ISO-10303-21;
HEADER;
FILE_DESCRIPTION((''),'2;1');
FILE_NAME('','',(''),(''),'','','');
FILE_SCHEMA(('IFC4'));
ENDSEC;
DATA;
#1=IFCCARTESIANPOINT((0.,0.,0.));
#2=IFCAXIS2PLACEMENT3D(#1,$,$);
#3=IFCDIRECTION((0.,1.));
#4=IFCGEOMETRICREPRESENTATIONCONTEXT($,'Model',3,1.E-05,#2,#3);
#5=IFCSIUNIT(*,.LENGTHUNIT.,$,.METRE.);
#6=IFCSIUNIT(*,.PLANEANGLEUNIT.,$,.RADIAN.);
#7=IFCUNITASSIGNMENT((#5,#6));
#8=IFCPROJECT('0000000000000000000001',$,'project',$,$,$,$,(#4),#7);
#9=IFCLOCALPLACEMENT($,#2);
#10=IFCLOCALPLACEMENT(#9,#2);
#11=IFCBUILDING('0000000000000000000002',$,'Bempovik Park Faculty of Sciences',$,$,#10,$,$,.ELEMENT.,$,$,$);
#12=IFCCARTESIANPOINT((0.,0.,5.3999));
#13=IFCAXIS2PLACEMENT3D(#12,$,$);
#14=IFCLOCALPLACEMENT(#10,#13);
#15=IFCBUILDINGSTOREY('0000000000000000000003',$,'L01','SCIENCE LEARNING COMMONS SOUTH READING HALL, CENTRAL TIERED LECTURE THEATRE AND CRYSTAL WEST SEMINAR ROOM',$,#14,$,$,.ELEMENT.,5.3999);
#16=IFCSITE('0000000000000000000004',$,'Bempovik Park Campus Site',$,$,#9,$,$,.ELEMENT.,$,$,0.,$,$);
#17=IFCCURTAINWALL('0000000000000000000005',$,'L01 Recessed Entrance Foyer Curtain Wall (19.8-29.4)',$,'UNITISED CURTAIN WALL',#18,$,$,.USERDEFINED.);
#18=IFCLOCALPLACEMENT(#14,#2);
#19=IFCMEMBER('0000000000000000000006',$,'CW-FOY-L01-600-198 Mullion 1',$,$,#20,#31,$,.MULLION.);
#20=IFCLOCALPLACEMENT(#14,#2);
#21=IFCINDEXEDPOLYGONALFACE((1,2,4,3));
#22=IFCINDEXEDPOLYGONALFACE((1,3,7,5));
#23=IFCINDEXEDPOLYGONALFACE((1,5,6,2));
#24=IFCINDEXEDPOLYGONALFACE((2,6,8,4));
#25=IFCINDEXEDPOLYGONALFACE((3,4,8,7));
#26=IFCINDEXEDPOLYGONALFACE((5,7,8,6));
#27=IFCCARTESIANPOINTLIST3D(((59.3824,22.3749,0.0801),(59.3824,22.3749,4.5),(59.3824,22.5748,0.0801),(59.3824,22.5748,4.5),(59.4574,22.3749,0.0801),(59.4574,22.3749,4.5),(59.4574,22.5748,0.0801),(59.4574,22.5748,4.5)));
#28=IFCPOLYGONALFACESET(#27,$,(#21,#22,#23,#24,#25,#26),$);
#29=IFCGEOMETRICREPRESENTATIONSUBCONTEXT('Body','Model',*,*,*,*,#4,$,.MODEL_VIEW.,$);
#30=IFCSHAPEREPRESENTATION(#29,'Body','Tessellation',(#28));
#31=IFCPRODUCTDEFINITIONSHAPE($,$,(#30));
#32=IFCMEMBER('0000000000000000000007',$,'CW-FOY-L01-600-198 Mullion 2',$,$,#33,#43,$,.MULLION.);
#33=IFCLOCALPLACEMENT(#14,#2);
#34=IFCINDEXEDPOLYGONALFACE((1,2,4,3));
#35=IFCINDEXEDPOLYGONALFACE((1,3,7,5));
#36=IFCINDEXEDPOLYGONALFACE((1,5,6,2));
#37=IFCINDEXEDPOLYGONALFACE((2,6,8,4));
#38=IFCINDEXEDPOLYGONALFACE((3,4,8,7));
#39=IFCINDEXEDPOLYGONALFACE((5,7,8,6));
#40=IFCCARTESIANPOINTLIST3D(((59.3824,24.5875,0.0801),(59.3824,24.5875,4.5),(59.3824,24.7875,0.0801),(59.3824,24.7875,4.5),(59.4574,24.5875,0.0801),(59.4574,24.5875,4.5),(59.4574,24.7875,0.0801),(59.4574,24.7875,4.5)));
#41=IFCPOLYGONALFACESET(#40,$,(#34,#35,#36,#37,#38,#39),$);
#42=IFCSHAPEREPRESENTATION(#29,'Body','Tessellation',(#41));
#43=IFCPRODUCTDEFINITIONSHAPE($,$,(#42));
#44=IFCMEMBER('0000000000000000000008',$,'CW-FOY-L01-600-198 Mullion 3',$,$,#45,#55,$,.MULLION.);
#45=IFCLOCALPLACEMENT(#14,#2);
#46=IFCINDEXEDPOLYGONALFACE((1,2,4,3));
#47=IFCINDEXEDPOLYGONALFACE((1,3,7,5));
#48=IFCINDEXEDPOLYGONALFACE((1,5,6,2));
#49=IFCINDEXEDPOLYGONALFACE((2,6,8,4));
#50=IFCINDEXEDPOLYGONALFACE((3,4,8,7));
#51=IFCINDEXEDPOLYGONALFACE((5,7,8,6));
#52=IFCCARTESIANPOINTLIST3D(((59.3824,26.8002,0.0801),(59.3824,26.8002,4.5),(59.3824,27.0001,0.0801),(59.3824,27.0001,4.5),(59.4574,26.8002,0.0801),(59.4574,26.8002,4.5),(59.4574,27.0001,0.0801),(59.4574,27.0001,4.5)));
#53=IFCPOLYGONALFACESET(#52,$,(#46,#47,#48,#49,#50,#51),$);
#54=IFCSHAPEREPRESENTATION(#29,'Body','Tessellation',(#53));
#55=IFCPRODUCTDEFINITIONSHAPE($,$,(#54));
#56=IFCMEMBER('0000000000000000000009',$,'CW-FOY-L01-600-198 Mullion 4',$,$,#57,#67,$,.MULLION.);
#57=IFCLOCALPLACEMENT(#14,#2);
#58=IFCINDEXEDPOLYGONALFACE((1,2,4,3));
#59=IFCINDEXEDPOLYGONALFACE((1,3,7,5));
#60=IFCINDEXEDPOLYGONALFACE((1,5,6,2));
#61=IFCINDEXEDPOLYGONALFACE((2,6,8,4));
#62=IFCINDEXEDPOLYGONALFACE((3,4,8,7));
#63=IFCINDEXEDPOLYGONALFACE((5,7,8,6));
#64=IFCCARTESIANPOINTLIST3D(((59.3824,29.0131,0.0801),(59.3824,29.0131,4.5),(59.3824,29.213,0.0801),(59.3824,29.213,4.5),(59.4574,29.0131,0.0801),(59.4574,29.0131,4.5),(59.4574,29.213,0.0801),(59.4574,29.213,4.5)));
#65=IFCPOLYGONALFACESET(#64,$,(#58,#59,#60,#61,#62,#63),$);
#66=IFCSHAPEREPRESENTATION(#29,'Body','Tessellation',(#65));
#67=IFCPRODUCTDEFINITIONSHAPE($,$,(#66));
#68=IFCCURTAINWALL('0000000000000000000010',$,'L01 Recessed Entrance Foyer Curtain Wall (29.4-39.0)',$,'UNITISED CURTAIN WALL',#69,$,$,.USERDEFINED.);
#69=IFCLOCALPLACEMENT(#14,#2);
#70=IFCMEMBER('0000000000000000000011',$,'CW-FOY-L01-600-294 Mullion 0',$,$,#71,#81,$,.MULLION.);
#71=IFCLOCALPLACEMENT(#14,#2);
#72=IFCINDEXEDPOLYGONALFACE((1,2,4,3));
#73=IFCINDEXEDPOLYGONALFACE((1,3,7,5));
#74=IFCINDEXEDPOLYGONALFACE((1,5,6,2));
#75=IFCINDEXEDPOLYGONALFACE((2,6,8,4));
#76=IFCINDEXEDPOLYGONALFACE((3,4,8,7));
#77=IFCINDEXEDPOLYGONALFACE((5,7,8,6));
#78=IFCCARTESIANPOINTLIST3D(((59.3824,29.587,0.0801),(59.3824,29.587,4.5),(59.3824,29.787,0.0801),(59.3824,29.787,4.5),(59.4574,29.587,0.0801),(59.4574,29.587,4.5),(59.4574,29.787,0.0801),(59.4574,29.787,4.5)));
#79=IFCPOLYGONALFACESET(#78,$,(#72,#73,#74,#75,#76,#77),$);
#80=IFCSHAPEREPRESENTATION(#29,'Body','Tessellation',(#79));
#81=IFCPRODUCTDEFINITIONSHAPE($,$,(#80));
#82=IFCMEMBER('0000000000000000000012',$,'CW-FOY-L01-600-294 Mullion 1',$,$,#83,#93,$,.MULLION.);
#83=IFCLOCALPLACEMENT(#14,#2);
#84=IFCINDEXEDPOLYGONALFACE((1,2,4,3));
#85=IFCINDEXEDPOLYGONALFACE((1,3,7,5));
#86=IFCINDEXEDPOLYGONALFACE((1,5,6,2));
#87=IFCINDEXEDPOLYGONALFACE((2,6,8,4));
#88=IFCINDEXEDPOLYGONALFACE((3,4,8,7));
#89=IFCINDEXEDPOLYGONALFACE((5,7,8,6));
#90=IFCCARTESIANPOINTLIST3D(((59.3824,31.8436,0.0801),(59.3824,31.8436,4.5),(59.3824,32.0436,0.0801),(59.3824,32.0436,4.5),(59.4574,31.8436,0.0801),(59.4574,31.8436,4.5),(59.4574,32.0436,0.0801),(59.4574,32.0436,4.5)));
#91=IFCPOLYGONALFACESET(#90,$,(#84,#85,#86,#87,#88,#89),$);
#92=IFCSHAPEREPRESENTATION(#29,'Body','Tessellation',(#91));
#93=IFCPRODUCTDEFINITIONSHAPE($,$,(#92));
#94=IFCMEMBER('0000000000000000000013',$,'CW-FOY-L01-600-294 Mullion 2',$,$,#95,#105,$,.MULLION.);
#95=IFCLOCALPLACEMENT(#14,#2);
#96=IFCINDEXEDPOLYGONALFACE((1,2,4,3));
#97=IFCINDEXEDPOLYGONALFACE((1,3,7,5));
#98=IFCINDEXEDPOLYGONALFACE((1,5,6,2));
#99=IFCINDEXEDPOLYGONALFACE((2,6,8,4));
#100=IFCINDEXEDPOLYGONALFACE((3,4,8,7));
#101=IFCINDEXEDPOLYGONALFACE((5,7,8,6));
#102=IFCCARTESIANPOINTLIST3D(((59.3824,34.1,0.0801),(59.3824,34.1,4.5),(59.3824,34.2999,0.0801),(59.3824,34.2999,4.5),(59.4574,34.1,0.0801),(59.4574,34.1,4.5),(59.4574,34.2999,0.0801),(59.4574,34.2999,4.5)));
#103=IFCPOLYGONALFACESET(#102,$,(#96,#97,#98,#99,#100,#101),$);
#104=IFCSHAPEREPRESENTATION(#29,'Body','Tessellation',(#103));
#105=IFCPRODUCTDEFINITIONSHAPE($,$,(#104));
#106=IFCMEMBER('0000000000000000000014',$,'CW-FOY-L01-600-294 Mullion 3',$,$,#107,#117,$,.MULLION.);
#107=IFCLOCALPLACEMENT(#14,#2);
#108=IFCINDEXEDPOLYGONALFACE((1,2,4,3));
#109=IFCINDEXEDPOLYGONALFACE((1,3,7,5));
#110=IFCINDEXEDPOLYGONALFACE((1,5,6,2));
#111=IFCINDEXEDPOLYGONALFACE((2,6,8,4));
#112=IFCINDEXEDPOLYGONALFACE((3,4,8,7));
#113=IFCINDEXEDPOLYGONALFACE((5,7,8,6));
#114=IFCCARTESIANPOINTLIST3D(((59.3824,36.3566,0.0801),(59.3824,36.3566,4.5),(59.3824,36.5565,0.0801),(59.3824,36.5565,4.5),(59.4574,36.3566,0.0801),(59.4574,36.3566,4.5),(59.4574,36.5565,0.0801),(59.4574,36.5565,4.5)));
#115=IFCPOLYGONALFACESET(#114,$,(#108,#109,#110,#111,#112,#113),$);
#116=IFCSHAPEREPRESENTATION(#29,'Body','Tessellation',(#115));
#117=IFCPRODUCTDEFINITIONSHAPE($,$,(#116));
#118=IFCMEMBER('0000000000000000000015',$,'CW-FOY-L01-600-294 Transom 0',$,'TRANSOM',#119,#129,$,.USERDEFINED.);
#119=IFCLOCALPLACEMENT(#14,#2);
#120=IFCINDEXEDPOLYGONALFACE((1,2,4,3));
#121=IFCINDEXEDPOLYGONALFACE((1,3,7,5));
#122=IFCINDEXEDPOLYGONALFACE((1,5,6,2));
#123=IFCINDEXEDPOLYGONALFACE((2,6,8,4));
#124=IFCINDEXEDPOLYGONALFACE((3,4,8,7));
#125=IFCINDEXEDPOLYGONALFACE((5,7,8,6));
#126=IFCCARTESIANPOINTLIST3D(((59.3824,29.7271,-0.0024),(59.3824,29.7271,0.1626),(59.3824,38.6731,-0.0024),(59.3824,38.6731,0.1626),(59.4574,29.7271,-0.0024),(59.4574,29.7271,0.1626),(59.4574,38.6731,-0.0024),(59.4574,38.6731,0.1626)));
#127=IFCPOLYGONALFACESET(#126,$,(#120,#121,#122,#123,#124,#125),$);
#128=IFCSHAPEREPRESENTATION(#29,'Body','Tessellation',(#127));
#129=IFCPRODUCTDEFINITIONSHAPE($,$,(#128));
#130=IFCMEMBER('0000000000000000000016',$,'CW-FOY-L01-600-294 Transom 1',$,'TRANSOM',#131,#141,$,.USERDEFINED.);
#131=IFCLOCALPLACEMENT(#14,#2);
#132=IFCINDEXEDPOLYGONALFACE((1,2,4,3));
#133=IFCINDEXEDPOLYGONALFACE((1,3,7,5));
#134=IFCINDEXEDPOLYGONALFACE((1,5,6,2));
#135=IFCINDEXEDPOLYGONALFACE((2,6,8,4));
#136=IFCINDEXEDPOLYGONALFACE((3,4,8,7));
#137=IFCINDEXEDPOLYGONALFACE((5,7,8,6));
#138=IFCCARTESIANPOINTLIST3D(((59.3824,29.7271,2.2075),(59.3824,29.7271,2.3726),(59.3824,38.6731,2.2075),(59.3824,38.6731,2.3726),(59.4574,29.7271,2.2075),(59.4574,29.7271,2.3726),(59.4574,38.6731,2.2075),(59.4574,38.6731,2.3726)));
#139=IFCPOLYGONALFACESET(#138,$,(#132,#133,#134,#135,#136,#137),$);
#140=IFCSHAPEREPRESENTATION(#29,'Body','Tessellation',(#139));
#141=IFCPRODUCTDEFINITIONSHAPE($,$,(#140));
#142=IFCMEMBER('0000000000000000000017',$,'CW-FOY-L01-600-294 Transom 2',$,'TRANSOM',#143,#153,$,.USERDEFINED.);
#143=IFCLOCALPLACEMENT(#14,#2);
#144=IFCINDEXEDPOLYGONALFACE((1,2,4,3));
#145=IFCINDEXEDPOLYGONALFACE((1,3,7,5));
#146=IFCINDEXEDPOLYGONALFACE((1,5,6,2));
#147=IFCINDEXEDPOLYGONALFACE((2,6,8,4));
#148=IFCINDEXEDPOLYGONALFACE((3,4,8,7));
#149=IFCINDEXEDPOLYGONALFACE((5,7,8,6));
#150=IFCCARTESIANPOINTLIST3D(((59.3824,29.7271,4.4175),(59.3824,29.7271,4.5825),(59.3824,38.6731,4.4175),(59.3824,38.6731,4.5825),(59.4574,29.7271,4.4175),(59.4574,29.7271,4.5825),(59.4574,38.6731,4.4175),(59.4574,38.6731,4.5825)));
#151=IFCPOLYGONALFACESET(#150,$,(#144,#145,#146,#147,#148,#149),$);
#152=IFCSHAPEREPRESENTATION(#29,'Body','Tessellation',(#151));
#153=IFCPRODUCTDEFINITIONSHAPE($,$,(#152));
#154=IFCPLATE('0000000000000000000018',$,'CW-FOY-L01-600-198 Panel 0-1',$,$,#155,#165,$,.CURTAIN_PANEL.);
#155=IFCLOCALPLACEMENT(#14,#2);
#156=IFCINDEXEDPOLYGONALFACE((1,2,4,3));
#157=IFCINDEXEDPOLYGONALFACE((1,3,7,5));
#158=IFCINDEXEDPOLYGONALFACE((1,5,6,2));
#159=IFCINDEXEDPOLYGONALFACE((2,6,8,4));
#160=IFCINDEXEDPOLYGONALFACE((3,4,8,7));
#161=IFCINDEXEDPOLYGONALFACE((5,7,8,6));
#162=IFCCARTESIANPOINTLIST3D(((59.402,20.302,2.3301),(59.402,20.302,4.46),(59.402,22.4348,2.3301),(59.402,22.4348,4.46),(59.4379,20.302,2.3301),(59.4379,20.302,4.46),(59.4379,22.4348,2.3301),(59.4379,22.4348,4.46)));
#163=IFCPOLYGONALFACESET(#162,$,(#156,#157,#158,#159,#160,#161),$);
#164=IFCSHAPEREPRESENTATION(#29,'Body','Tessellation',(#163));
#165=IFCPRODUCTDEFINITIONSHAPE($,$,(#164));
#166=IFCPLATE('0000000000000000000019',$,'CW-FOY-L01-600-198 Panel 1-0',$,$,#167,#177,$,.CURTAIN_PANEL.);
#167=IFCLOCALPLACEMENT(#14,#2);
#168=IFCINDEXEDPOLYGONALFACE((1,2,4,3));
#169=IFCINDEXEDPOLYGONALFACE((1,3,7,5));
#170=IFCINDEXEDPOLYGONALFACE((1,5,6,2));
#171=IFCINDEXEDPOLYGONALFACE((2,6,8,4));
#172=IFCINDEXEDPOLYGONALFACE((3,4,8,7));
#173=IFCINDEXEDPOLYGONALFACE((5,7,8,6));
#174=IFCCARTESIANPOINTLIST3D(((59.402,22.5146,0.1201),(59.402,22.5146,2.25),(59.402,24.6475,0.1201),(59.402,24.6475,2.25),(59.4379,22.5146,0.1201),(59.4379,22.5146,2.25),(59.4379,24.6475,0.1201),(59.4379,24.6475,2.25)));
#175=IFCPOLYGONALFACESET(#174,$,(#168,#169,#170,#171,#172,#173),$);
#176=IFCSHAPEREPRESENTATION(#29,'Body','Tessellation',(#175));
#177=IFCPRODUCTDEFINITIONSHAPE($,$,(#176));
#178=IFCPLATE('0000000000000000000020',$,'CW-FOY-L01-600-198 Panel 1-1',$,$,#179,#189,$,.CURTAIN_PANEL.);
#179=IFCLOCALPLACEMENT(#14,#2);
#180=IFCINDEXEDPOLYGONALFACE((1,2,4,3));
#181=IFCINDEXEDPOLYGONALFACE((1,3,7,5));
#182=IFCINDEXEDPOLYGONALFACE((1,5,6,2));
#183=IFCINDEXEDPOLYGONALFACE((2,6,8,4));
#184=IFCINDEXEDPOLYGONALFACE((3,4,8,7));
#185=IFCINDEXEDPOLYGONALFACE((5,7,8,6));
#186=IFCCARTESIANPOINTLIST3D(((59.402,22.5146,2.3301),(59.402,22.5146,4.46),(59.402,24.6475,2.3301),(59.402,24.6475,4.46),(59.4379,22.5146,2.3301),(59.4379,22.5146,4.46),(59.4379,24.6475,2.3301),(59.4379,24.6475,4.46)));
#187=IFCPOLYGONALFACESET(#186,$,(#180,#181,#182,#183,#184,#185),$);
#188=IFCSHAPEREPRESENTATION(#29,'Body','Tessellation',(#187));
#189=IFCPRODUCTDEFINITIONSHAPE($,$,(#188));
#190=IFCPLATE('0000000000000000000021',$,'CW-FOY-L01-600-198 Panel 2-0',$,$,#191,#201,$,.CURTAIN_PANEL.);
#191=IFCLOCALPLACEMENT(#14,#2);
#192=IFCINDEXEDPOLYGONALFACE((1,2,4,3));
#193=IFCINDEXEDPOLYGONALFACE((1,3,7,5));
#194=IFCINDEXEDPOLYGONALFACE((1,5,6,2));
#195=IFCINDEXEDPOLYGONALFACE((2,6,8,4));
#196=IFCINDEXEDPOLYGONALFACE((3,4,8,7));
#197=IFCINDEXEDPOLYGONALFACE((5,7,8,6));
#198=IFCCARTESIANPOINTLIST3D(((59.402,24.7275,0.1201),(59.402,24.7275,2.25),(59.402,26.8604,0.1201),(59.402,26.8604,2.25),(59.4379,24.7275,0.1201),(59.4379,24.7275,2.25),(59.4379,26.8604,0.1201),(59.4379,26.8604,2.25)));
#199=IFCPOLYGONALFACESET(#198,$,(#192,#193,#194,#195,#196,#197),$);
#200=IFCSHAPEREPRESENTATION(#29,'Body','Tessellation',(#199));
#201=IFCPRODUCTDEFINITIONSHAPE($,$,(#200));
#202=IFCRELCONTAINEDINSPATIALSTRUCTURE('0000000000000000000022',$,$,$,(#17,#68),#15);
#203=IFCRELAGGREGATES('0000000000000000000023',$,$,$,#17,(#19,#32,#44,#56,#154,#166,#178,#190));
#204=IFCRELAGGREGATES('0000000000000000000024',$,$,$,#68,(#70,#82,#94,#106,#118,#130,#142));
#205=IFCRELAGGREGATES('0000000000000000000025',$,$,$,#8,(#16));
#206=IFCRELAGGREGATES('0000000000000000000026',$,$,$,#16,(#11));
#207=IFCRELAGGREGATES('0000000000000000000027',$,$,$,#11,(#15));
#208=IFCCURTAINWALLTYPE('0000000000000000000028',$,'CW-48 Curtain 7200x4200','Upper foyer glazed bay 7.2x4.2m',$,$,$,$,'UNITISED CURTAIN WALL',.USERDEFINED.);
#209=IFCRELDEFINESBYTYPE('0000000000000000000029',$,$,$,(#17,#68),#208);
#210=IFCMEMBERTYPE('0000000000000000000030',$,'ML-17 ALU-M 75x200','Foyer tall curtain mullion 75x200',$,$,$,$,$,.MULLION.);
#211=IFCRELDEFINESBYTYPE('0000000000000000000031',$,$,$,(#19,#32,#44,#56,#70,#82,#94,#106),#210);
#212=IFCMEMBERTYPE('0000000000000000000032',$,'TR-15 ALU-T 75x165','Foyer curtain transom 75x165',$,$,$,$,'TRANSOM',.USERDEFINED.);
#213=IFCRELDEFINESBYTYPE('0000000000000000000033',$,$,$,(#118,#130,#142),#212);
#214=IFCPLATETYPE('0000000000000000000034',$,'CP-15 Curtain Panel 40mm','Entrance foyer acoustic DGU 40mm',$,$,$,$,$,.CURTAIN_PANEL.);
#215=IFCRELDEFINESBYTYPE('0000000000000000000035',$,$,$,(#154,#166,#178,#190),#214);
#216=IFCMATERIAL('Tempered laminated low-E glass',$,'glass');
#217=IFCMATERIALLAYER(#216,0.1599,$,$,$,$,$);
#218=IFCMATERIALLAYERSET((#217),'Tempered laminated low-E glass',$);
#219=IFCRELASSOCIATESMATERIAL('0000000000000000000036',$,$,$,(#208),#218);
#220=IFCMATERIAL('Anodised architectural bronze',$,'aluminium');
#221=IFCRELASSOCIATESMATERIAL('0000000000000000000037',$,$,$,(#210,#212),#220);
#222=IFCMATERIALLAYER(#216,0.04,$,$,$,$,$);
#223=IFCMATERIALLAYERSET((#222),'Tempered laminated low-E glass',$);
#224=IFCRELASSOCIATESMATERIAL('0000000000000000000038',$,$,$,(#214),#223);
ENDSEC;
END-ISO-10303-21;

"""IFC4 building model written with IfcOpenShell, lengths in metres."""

from ifc_helpers import new_model, si_unit, direction, frame, origin, origin_2d, place, context, subcontext, project, spatial, rectangle, extrude, material, layer, layer_set, material_profile, profile_set, type_object, element, aggregate, save


model = new_model("IFC4")

# Units and contexts
model_context = context("Model", 3, precision=1e-05, world=origin(), true_north=direction((0.0, 1.0)))
body_context = subcontext(model_context, "Body", "Model", "MODEL_VIEW")
ifc_project = project(units=[si_unit("LENGTHUNIT", "METRE"), si_unit("PLANEANGLEUNIT", "RADIAN")], contexts=[model_context])

# Site, building, storey
site_placement = place(None, origin())
site = spatial("IfcSite", under=ifc_project, at=site_placement, Name="Bempovik Park Campus Site", CompositionType="ELEMENT", RefElevation=0.0)
building_placement = place(site_placement, origin())
building = spatial("IfcBuilding", under=site, at=building_placement, Name="Bempovik Park Faculty of Sciences", CompositionType="ELEMENT")
storey_placement = place(building_placement, frame((0.0, 0.0, 5.3999)))
storey = spatial("IfcBuildingStorey", under=building, at=storey_placement, Name="L01", Description="SCIENCE LEARNING COMMONS SOUTH READING HALL, CENTRAL TIERED LECTURE THEATRE AND CRYSTAL WEST SEMINAR ROOM", CompositionType="ELEMENT", Elevation=5.3999)

# Curtain walls, members
ifc_material_1 = material(Name="Tempered laminated low-E glass", Category="glass")
ifc_layer_1 = layer(ifc_material_1, 0.1599)
ifc_layer_set_1 = layer_set([ifc_layer_1], Name="Tempered laminated low-E glass")
curtain_wall_type = type_object("IfcCurtainWallType", Name="CW-48 Curtain 7200x4200", Description="Upper foyer glazed bay 7.2x4.2m", ElementType="UNITISED CURTAIN WALL", PredefinedType="USERDEFINED", material=ifc_layer_set_1)
curtain_wall_1_placement = place(storey_placement, origin())
curtain_wall_1 = element("IfcCurtainWall", 1, at=curtain_wall_1_placement, inside=storey, type_object=curtain_wall_type, Name="L01 Recessed Entrance Foyer Curtain Wall (19.8-29.4)", ObjectType="UNITISED CURTAIN WALL", PredefinedType="USERDEFINED")
ifc_material_2 = material(Name="Anodised architectural bronze", Category="aluminium")
ifc_material_profile_1 = material_profile(ifc_material_2, rectangle(XDim=0.075, YDim=0.2, at=origin_2d()), Name="ALU-M 75x200")
ifc_profile_set_1 = profile_set([ifc_material_profile_1], Name="Anodised architectural bronze")
member_type_1 = type_object("IfcMemberType", Name="ML-17 ALU-M 75x200", Description="Foyer tall curtain mullion 75x200", PredefinedType="MULLION", material=ifc_profile_set_1)
member_1_placement = place(storey_placement, frame((59.4199, 22.4749, 0.0801), z_axis=(0.0, 0.0, 1.0), x_axis=(1.0, 0.0, 0.0)))
member_1 = element("IfcMember", 2, at=member_1_placement, type_object=member_type_1, Name="CW-FOY-L01-600-198 Mullion 1", PredefinedType="MULLION", context=body_context, shape_type="SweptSolid", body=[
    extrude(rectangle(XDim=0.075, YDim=0.2, at=origin_2d()), origin(), (0.0, 0.0, 1.0), 4.4199),
])
member_2_placement = place(storey_placement, frame((59.4199, 24.6875, 0.0801), z_axis=(0.0, 0.0, 1.0), x_axis=(1.0, 0.0, 0.0)))
member_2 = element("IfcMember", 3, at=member_2_placement, type_object=member_type_1, Name="CW-FOY-L01-600-198 Mullion 2", PredefinedType="MULLION", context=body_context, shape_type="SweptSolid", body=[
    extrude(rectangle(XDim=0.075, YDim=0.2, at=origin_2d()), origin(), (0.0, 0.0, 1.0), 4.4199),
])
member_3_placement = place(storey_placement, frame((59.4199, 26.9001, 0.0801), z_axis=(0.0, 0.0, 1.0), x_axis=(1.0, 0.0, 0.0)))
member_3 = element("IfcMember", 4, at=member_3_placement, type_object=member_type_1, Name="CW-FOY-L01-600-198 Mullion 3", PredefinedType="MULLION", context=body_context, shape_type="SweptSolid", body=[
    extrude(rectangle(XDim=0.075, YDim=0.2, at=origin_2d()), origin(), (0.0, 0.0, 1.0), 4.4199),
])
member_4_placement = place(storey_placement, frame((59.4199, 29.113, 0.0801), z_axis=(0.0, 0.0, 1.0), x_axis=(1.0, 0.0, 0.0)))
member_4 = element("IfcMember", 5, at=member_4_placement, type_object=member_type_1, Name="CW-FOY-L01-600-198 Mullion 4", PredefinedType="MULLION", context=body_context, shape_type="SweptSolid", body=[
    extrude(rectangle(XDim=0.075, YDim=0.2, at=origin_2d()), origin(), (0.0, 0.0, 1.0), 4.4199),
])
curtain_wall_2_placement = place(storey_placement, origin())
curtain_wall_2 = element("IfcCurtainWall", 6, at=curtain_wall_2_placement, inside=storey, type_object=curtain_wall_type, Name="L01 Recessed Entrance Foyer Curtain Wall (29.4-39.0)", ObjectType="UNITISED CURTAIN WALL", PredefinedType="USERDEFINED")
member_5_placement = place(storey_placement, frame((59.4199, 29.687, 0.0801), z_axis=(0.0, 0.0, 1.0), x_axis=(1.0, 0.0, 0.0)))
member_5 = element("IfcMember", 7, at=member_5_placement, type_object=member_type_1, Name="CW-FOY-L01-600-294 Mullion 0", PredefinedType="MULLION", context=body_context, shape_type="SweptSolid", body=[
    extrude(rectangle(XDim=0.075, YDim=0.2, at=origin_2d()), origin(), (0.0, 0.0, 1.0), 4.4199),
])
member_6_placement = place(storey_placement, frame((59.4199, 31.9436, 0.0801), z_axis=(0.0, 0.0, 1.0), x_axis=(1.0, 0.0, 0.0)))
member_6 = element("IfcMember", 8, at=member_6_placement, type_object=member_type_1, Name="CW-FOY-L01-600-294 Mullion 1", PredefinedType="MULLION", context=body_context, shape_type="SweptSolid", body=[
    extrude(rectangle(XDim=0.075, YDim=0.2, at=origin_2d()), origin(), (0.0, 0.0, 1.0), 4.4199),
])
member_7_placement = place(storey_placement, frame((59.4199, 34.2, 0.0801), z_axis=(0.0, 0.0, 1.0), x_axis=(1.0, 0.0, 0.0)))
member_7 = element("IfcMember", 9, at=member_7_placement, type_object=member_type_1, Name="CW-FOY-L01-600-294 Mullion 2", PredefinedType="MULLION", context=body_context, shape_type="SweptSolid", body=[
    extrude(rectangle(XDim=0.075, YDim=0.2, at=origin_2d()), origin(), (0.0, 0.0, 1.0), 4.4199),
])
member_8_placement = place(storey_placement, frame((59.4199, 36.4565, 0.0801), z_axis=(0.0, 0.0, 1.0), x_axis=(1.0, 0.0, 0.0)))
member_8 = element("IfcMember", 10, at=member_8_placement, type_object=member_type_1, Name="CW-FOY-L01-600-294 Mullion 3", PredefinedType="MULLION", context=body_context, shape_type="SweptSolid", body=[
    extrude(rectangle(XDim=0.075, YDim=0.2, at=origin_2d()), origin(), (0.0, 0.0, 1.0), 4.4199),
])
ifc_material_profile_2 = material_profile(ifc_material_2, rectangle(XDim=0.075, YDim=0.165, at=origin_2d()), Name="ALU-T 75x165")
ifc_profile_set_2 = profile_set([ifc_material_profile_2], Name="Anodised architectural bronze")
member_type_2 = type_object("IfcMemberType", Name="TR-15 ALU-T 75x165", Description="Foyer curtain transom 75x165", ElementType="TRANSOM", PredefinedType="USERDEFINED", material=ifc_profile_set_2)
member_9_placement = place(storey_placement, frame((59.4199, 29.7271, 0.0801), z_axis=(0.0, 1.0, 0.0), x_axis=(-1.0, 0.0, 0.0)))
member_9 = element("IfcMember", 11, at=member_9_placement, type_object=member_type_2, Name="CW-FOY-L01-600-294 Transom 0", ObjectType="TRANSOM", PredefinedType="USERDEFINED", context=body_context, shape_type="SweptSolid", body=[
    extrude(rectangle(XDim=0.075, YDim=0.165, at=origin_2d()), origin(), (0.0, 0.0, 1.0), 8.946),
])
member_10_placement = place(storey_placement, frame((59.4199, 29.7271, 2.29), z_axis=(0.0, 1.0, 0.0), x_axis=(-1.0, 0.0, 0.0)))
member_10 = element("IfcMember", 12, at=member_10_placement, type_object=member_type_2, Name="CW-FOY-L01-600-294 Transom 1", ObjectType="TRANSOM", PredefinedType="USERDEFINED", context=body_context, shape_type="SweptSolid", body=[
    extrude(rectangle(XDim=0.075, YDim=0.165, at=origin_2d()), origin(), (0.0, 0.0, 1.0), 8.946),
])
member_11_placement = place(storey_placement, frame((59.4199, 29.7271, 4.5), z_axis=(0.0, 1.0, 0.0), x_axis=(-1.0, 0.0, 0.0)))
member_11 = element("IfcMember", 13, at=member_11_placement, type_object=member_type_2, Name="CW-FOY-L01-600-294 Transom 2", ObjectType="TRANSOM", PredefinedType="USERDEFINED", context=body_context, shape_type="SweptSolid", body=[
    extrude(rectangle(XDim=0.075, YDim=0.165, at=origin_2d()), origin(), (0.0, 0.0, 1.0), 8.946),
])

# Plates
ifc_layer_2 = layer(ifc_material_1, 0.04)
ifc_layer_set_2 = layer_set([ifc_layer_2], Name="Tempered laminated low-E glass")
plate_type = type_object("IfcPlateType", Name="CP-15 Curtain Panel 40mm", Description="Entrance foyer acoustic DGU 40mm", PredefinedType="CURTAIN_PANEL", material=ifc_layer_set_2)
plate_1_placement = place(storey_placement, frame((59.4199, 21.3684, 2.3301), z_axis=(0.0, 0.0, 1.0), x_axis=(0.0, 1.0, 0.0)))
plate_1 = element("IfcPlate", 14, at=plate_1_placement, type_object=plate_type, Name="CW-FOY-L01-600-198 Panel 0-1", PredefinedType="CURTAIN_PANEL", context=body_context, shape_type="SweptSolid", body=[
    extrude(rectangle(XDim=2.1328, YDim=0.0359, at=origin_2d()), origin(), (0.0, 0.0, 1.0), 2.1299),
])
plate_2_placement = place(storey_placement, frame((59.4199, 23.5811, 0.1201), z_axis=(0.0, 0.0, 1.0), x_axis=(0.0, 1.0, 0.0)))
plate_2 = element("IfcPlate", 15, at=plate_2_placement, type_object=plate_type, Name="CW-FOY-L01-600-198 Panel 1-0", PredefinedType="CURTAIN_PANEL", context=body_context, shape_type="SweptSolid", body=[
    extrude(rectangle(XDim=2.1328, YDim=0.0359, at=origin_2d()), origin(), (0.0, 0.0, 1.0), 2.1299),
])
plate_3_placement = place(storey_placement, frame((59.4199, 23.5811, 2.3301), z_axis=(0.0, 0.0, 1.0), x_axis=(0.0, 1.0, 0.0)))
plate_3 = element("IfcPlate", 16, at=plate_3_placement, type_object=plate_type, Name="CW-FOY-L01-600-198 Panel 1-1", PredefinedType="CURTAIN_PANEL", context=body_context, shape_type="SweptSolid", body=[
    extrude(rectangle(XDim=2.1328, YDim=0.0359, at=origin_2d()), origin(), (0.0, 0.0, 1.0), 2.1299),
])
plate_4_placement = place(storey_placement, frame((59.4199, 25.7939, 0.1201), z_axis=(0.0, 0.0, 1.0), x_axis=(0.0, 1.0, 0.0)))
plate_4 = element("IfcPlate", 17, at=plate_4_placement, type_object=plate_type, Name="CW-FOY-L01-600-198 Panel 2-0", PredefinedType="CURTAIN_PANEL", context=body_context, shape_type="SweptSolid", body=[
    extrude(rectangle(XDim=2.1328, YDim=0.0359, at=origin_2d()), origin(), (0.0, 0.0, 1.0), 2.1299),
])
aggregate(curtain_wall_1, [member_1, member_2, member_3, member_4, plate_1, plate_2, plate_3, plate_4])
aggregate(curtain_wall_2, [member_5, member_6, member_7, member_8, member_9, member_10, member_11])

save(model, "model.ifc")
